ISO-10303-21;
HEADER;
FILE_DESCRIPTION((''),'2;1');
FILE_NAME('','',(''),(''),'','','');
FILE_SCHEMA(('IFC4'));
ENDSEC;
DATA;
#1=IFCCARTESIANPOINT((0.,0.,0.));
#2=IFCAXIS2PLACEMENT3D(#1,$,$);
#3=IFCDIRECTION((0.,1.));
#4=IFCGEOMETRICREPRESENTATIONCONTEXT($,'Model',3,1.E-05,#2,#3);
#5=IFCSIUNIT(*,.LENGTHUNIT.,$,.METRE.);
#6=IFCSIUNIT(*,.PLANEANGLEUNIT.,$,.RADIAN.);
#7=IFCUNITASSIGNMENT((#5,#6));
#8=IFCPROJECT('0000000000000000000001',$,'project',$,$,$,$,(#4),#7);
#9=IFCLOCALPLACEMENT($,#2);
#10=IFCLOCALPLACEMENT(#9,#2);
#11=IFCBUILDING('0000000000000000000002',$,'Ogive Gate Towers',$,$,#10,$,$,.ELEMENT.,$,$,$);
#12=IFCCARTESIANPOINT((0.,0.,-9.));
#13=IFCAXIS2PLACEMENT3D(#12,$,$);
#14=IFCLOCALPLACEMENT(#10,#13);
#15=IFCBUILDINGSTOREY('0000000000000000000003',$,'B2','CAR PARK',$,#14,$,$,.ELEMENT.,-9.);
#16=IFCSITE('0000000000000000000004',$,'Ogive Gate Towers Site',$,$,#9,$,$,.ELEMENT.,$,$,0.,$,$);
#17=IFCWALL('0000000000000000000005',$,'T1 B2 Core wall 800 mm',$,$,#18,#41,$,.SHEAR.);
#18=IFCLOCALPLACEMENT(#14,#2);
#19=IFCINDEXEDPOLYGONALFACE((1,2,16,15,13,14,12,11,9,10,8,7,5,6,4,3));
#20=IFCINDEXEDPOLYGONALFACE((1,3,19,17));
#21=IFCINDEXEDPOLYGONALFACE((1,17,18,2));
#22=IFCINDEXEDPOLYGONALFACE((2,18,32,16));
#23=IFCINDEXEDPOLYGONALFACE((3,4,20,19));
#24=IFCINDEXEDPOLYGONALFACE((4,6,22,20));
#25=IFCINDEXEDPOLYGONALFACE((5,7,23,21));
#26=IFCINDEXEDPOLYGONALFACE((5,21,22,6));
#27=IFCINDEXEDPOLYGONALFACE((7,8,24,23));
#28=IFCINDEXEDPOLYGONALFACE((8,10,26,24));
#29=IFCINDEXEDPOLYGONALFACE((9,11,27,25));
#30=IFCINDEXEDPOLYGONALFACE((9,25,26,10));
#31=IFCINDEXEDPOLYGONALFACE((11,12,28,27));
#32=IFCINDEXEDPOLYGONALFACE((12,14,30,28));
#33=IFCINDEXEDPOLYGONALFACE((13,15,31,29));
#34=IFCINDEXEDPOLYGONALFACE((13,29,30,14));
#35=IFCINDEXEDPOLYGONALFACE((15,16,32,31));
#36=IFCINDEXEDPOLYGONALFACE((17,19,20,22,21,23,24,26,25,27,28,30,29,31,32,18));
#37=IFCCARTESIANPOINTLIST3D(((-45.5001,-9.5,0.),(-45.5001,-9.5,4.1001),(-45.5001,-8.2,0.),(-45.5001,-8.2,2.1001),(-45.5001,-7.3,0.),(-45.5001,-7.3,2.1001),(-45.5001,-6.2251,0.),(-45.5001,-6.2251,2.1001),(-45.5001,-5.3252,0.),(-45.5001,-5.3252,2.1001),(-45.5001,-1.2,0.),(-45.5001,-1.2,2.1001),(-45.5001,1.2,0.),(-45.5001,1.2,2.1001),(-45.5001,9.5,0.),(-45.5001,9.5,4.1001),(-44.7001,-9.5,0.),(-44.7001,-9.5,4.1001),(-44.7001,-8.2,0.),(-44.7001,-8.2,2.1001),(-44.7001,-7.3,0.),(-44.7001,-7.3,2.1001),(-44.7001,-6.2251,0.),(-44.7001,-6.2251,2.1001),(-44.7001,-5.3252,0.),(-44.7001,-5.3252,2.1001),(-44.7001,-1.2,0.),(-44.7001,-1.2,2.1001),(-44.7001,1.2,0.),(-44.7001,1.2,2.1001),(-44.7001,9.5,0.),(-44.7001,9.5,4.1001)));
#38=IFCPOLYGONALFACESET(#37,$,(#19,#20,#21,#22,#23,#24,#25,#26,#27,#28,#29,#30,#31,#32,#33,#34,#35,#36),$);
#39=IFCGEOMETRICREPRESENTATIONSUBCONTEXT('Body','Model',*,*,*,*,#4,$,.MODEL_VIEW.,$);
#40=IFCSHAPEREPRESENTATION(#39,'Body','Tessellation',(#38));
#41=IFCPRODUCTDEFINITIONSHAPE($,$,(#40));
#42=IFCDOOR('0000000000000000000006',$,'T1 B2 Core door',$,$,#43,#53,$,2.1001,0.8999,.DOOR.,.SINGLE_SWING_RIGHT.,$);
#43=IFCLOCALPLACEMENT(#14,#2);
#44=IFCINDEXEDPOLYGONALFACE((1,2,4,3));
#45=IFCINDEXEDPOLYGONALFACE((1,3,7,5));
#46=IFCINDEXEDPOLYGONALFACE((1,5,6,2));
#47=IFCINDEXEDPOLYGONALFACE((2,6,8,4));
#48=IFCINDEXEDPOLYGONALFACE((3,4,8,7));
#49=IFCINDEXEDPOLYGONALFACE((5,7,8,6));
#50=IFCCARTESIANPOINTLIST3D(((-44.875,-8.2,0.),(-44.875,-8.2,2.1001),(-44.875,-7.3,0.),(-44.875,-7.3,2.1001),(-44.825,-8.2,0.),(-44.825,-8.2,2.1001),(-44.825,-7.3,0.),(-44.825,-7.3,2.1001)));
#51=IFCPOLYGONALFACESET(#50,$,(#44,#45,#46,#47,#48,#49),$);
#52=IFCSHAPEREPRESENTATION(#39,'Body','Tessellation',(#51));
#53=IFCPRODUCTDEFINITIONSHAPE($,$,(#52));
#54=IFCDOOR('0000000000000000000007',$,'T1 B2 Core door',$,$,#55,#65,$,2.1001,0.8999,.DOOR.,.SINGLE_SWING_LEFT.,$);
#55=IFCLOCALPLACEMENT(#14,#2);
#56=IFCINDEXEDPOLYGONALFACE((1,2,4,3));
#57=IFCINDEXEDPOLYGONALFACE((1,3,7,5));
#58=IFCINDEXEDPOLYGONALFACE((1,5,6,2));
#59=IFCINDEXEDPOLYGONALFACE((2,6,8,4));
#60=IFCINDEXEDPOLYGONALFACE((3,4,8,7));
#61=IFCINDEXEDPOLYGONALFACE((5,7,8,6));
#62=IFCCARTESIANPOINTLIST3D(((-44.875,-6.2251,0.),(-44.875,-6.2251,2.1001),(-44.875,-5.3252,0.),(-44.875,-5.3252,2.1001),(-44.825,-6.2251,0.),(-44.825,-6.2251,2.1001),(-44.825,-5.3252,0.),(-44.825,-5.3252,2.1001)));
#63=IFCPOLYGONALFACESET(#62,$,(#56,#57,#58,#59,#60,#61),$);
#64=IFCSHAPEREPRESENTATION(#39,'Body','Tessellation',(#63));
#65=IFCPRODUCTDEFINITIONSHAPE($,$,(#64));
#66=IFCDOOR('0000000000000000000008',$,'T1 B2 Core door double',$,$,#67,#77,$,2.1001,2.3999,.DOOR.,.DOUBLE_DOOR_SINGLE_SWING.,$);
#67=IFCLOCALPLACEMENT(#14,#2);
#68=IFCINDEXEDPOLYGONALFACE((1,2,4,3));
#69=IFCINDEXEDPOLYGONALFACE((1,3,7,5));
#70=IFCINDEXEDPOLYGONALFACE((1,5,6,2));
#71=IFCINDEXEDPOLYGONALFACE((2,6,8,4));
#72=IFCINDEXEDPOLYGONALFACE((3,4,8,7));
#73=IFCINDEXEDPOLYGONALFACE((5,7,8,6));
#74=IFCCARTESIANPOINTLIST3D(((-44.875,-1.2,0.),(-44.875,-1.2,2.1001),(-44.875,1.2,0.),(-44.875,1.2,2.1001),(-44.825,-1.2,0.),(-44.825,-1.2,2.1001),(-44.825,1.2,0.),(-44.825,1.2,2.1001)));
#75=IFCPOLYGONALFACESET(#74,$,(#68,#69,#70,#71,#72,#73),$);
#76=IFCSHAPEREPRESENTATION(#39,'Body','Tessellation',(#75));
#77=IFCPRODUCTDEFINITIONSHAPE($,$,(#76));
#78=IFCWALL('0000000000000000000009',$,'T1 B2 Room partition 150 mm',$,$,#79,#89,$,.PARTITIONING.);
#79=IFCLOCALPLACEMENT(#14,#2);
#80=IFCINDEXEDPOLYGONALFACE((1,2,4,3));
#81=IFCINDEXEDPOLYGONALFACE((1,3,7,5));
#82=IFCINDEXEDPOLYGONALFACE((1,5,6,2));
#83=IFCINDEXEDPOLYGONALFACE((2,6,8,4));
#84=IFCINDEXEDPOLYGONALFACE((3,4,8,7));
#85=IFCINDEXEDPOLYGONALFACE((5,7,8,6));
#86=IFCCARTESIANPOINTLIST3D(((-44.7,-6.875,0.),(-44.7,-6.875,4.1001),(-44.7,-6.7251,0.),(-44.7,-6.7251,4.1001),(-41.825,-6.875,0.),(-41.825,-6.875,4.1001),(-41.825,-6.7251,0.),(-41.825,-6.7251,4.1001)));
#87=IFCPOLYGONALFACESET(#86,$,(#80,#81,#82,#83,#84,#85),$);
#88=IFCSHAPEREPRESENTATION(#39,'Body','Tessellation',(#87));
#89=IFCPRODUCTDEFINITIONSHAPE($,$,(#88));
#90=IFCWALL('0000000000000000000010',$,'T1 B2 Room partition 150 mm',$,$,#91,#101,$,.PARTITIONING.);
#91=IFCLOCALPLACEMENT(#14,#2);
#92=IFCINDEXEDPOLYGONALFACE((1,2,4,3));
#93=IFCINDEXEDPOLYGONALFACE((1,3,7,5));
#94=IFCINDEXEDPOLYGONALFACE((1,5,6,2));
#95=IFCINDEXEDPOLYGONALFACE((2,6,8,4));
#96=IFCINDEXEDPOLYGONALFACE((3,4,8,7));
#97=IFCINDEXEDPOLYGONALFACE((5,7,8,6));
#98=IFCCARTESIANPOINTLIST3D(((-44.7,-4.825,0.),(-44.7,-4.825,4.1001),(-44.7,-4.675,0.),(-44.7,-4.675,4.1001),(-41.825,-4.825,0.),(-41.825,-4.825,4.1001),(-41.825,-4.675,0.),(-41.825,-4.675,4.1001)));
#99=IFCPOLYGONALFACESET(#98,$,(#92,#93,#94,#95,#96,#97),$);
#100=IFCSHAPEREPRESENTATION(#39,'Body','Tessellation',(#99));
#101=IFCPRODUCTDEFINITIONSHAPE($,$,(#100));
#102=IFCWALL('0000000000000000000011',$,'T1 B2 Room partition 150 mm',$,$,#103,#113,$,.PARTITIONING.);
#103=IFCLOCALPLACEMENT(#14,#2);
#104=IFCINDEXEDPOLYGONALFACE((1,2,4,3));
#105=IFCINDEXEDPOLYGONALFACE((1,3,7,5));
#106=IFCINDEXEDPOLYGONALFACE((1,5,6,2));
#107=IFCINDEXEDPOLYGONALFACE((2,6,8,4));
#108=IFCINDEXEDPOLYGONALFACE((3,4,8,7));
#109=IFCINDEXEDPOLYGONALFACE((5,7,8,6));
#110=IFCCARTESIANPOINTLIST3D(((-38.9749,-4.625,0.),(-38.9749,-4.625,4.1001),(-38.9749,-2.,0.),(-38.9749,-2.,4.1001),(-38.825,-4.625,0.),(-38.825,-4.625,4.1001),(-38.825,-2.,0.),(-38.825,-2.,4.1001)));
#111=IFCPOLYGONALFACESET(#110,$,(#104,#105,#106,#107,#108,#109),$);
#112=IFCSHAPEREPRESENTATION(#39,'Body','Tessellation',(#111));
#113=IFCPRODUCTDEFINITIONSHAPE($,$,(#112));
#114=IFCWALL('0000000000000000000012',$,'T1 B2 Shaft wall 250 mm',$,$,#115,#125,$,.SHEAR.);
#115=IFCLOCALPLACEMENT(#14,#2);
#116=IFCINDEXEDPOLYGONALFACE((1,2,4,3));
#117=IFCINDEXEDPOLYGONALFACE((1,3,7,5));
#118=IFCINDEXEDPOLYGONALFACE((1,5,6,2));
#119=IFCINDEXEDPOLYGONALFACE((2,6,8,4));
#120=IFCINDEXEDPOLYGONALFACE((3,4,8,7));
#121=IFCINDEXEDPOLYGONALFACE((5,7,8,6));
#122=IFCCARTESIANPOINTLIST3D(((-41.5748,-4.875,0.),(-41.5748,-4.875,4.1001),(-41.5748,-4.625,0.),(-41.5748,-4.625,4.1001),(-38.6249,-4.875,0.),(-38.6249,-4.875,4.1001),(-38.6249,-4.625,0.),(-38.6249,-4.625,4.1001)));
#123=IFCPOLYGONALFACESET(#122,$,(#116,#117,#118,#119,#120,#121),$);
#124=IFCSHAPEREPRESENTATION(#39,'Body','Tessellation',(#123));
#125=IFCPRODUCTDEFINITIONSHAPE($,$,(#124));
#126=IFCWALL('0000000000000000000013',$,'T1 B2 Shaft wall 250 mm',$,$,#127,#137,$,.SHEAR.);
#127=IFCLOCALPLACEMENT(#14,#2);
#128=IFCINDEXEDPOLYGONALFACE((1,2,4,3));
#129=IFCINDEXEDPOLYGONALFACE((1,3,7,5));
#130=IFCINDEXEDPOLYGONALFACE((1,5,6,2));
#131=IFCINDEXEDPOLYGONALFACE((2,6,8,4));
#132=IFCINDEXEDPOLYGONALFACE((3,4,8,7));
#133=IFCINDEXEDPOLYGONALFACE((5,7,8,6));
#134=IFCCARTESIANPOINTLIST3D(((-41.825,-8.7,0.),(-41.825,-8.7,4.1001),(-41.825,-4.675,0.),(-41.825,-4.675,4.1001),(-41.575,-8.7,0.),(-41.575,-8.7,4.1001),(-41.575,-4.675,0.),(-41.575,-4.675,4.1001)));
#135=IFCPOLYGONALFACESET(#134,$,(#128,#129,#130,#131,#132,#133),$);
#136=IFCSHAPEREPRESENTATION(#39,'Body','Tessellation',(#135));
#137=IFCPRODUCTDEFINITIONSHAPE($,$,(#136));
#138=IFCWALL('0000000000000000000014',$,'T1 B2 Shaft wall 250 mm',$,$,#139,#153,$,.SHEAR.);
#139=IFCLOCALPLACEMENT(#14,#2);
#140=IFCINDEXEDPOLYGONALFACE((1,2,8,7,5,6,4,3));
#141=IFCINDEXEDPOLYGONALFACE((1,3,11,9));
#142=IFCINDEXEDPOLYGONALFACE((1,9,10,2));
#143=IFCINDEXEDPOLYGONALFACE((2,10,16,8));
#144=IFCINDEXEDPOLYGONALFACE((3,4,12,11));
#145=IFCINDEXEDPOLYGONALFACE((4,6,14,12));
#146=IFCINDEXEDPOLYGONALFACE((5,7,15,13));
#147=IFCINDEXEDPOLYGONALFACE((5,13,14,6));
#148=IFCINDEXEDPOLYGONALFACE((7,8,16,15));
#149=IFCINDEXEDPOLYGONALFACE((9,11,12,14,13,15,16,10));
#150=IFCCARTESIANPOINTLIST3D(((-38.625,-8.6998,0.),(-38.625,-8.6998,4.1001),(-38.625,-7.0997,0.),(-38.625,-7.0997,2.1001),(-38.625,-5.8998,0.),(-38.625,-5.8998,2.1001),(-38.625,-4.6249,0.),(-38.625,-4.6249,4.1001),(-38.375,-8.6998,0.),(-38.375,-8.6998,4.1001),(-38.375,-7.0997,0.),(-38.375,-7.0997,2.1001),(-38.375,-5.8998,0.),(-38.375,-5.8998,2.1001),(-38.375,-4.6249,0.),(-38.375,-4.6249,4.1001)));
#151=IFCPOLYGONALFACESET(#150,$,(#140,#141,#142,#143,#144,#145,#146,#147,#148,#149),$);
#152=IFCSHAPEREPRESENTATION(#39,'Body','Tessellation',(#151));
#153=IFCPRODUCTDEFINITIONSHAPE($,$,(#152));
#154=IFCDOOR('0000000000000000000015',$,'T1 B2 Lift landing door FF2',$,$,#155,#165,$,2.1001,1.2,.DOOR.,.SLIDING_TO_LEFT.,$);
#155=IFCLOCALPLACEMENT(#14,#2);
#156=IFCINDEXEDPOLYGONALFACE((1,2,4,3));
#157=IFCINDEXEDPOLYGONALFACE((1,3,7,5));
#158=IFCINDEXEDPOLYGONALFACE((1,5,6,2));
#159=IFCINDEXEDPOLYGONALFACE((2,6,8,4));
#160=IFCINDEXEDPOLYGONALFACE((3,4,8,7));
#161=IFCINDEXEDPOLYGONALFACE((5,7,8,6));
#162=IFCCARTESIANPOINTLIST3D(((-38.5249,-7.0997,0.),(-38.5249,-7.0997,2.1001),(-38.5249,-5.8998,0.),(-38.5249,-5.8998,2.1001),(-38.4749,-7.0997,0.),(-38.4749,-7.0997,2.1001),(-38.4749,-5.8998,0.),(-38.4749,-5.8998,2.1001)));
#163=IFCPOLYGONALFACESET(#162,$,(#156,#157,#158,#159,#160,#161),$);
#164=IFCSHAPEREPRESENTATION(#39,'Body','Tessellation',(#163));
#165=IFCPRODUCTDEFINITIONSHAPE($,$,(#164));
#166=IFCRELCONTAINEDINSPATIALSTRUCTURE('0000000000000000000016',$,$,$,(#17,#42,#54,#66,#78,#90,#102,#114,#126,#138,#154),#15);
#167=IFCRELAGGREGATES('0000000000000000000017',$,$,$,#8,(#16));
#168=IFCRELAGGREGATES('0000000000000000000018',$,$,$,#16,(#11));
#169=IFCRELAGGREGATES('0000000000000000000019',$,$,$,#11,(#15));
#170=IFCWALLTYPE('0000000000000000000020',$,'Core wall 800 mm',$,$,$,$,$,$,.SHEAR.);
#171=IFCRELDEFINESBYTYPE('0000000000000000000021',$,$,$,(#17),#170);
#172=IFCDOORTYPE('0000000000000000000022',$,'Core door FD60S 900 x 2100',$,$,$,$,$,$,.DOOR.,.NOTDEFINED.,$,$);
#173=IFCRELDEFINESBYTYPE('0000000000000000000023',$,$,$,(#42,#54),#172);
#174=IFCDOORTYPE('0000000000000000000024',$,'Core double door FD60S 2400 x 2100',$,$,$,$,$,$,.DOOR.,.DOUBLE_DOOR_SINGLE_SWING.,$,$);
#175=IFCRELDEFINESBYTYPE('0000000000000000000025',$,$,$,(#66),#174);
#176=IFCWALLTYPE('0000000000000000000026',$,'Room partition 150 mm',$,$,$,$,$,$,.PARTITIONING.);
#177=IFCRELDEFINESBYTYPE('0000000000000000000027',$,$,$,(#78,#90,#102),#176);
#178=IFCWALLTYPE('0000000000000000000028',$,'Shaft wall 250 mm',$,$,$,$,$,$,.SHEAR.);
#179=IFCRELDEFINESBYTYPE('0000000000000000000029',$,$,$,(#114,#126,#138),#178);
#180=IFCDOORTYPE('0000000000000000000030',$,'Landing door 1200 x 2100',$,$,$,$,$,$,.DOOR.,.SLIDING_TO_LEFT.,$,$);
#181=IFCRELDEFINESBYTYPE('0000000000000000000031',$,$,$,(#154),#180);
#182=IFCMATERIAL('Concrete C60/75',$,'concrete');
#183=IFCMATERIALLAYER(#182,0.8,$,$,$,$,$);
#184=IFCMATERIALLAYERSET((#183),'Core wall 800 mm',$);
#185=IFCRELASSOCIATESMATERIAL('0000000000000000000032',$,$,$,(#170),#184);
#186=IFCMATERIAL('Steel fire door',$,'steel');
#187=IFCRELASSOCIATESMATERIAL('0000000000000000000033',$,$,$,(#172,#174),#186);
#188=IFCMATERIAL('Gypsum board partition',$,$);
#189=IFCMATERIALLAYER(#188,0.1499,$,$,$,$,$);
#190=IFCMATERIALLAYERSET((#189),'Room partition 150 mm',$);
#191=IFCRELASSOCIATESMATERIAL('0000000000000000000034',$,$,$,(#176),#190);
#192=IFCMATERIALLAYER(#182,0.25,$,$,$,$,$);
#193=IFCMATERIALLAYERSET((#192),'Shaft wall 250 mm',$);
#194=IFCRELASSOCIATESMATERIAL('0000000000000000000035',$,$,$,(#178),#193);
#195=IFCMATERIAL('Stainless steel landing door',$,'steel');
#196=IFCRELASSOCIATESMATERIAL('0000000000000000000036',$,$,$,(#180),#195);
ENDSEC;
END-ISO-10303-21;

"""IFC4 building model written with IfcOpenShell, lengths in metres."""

from ifc_helpers import new_model, si_unit, direction, frame, frame_2d, origin, place, context, subcontext, project, spatial, rectangle, extrude, material, layer, layer_set, type_object, element, fill, save


model = new_model("IFC4")

# Units and contexts
model_context = context("Model", 3, precision=1e-05, world=origin(), true_north=direction((0.0, 1.0)))
body_context = subcontext(model_context, "Body", "Model", "MODEL_VIEW")
ifc_project = project(units=[si_unit("LENGTHUNIT", "METRE"), si_unit("PLANEANGLEUNIT", "RADIAN")], contexts=[model_context])

# Site, building, storey
site_placement = place(None, origin())
site = spatial("IfcSite", under=ifc_project, at=site_placement, Name="Ogive Gate Towers Site", CompositionType="ELEMENT", RefElevation=0.0)
building_placement = place(site_placement, origin())
building = spatial("IfcBuilding", under=site, at=building_placement, Name="Ogive Gate Towers", CompositionType="ELEMENT")
storey_placement = place(building_placement, frame((0.0, 0.0, -9.0)))
storey = spatial("IfcBuildingStorey", under=building, at=storey_placement, Name="B2", Description="CAR PARK", CompositionType="ELEMENT", Elevation=-9.0)

# Shared definitions
ifc_material_1 = material(Name="Concrete C60/75", Category="concrete")
ifc_layer_1 = layer(ifc_material_1, 0.8)
ifc_layer_set_1 = layer_set([ifc_layer_1], Name="Core wall 800 mm")
wall_type_1 = type_object("IfcWallType", Name="Core wall 800 mm", PredefinedType="SHEAR", material=ifc_layer_set_1)
ifc_material_2 = material(Name="Steel fire door", Category="steel")

# Wall, openings, doors
wall_1_placement = place(storey_placement, frame((-45.1001, -9.5, 0.0), z_axis=(0.0, 0.0, 1.0), x_axis=(0.0, 1.0, 0.0)))
wall_1 = element("IfcWall", 1, at=wall_1_placement, inside=storey, type_object=wall_type_1, Name="T1 B2 Core wall 800 mm", PredefinedType="SHEAR", context=body_context, shape_type="SweptSolid", body=[
    extrude(rectangle(XDim=19.0, YDim=0.8, at=frame_2d((9.5, 0.0))), origin(), (0.0, 0.0, 1.0), 4.1001),
])
opening_1_placement = place(wall_1_placement, frame((8.3, 0.0, 0.0)))
opening_1 = element("IfcOpeningElement", 2, at=opening_1_placement, cuts=wall_1, PredefinedType="OPENING", context=body_context, shape_type="SweptSolid", body=[
    extrude(rectangle(XDim=2.3999, YDim=2.1001, at=frame_2d((1.2, 1.05))), frame((0.0, 0.4102, 0.0), z_axis=(0.0, -1.0, 0.0), x_axis=(1.0, 0.0, 0.0)), (0.0, 0.0, 1.0), 0.8201),
])
opening_2_placement = place(wall_1_placement, frame((1.3, 0.0, 0.0)))
opening_2 = element("IfcOpeningElement", 3, at=opening_2_placement, cuts=wall_1, PredefinedType="OPENING", context=body_context, shape_type="SweptSolid", body=[
    extrude(rectangle(XDim=0.8999, YDim=2.1001, at=frame_2d((0.45, 1.05))), frame((0.0, 0.4102, 0.0), z_axis=(0.0, -1.0, 0.0), x_axis=(1.0, 0.0, 0.0)), (0.0, 0.0, 1.0), 0.8201),
])
opening_3_placement = place(wall_1_placement, frame((3.2749, 0.0, 0.0)))
opening_3 = element("IfcOpeningElement", 4, at=opening_3_placement, cuts=wall_1, PredefinedType="OPENING", context=body_context, shape_type="SweptSolid", body=[
    extrude(rectangle(XDim=0.8999, YDim=2.1001, at=frame_2d((0.45, 1.05))), frame((0.0, 0.4102, 0.0), z_axis=(0.0, -1.0, 0.0), x_axis=(1.0, 0.0, 0.0)), (0.0, 0.0, 1.0), 0.8201),
])
door_type_1 = type_object("IfcDoorType", Name="Core door FD60S 900 x 2100", OperationType="NOTDEFINED", PredefinedType="DOOR", material=ifc_material_2)
door_1_placement = place(opening_2_placement, origin())
door_1 = element("IfcDoor", 5, at=door_1_placement, inside=storey, type_object=door_type_1, Name="T1 B2 Core door", OperationType="SINGLE_SWING_RIGHT", OverallHeight=2.1001, OverallWidth=0.8999, PredefinedType="DOOR", context=body_context, shape_type="SweptSolid", body=[
    extrude(rectangle(XDim=0.8999, YDim=2.1001, at=frame_2d((0.45, 1.05))), frame((0.0, -0.2251, 0.0), z_axis=(0.0, -1.0, 0.0), x_axis=(1.0, 0.0, 0.0)), (0.0, 0.0, 1.0), 0.05),
])
fill(opening_2, door_1)
door_2_placement = place(opening_3_placement, origin())
door_2 = element("IfcDoor", 6, at=door_2_placement, inside=storey, type_object=door_type_1, Name="T1 B2 Core door", OperationType="SINGLE_SWING_LEFT", OverallHeight=2.1001, OverallWidth=0.8999, PredefinedType="DOOR", context=body_context, shape_type="SweptSolid", body=[
    extrude(rectangle(XDim=0.8999, YDim=2.1001, at=frame_2d((0.45, 1.05))), frame((0.0, -0.2251, 0.0), z_axis=(0.0, -1.0, 0.0), x_axis=(1.0, 0.0, 0.0)), (0.0, 0.0, 1.0), 0.05),
])
fill(opening_3, door_2)
door_type_2 = type_object("IfcDoorType", Name="Core double door FD60S 2400 x 2100", OperationType="DOUBLE_DOOR_SINGLE_SWING", PredefinedType="DOOR", material=ifc_material_2)
door_3_placement = place(opening_1_placement, origin())
door_3 = element("IfcDoor", 7, at=door_3_placement, inside=storey, type_object=door_type_2, Name="T1 B2 Core door double", OperationType="DOUBLE_DOOR_SINGLE_SWING", OverallHeight=2.1001, OverallWidth=2.3999, PredefinedType="DOOR", context=body_context, shape_type="SweptSolid", body=[
    extrude(rectangle(XDim=2.3999, YDim=2.1001, at=frame_2d((1.2, 1.05))), frame((0.0, -0.2251, 0.0), z_axis=(0.0, -1.0, 0.0), x_axis=(1.0, 0.0, 0.0)), (0.0, 0.0, 1.0), 0.05),
])
fill(opening_1, door_3)

# Walls
ifc_material_3 = material(Name="Gypsum board partition")
ifc_layer_2 = layer(ifc_material_3, 0.1499)
ifc_layer_set_2 = layer_set([ifc_layer_2], Name="Room partition 150 mm")
wall_type_2 = type_object("IfcWallType", Name="Room partition 150 mm", PredefinedType="PARTITIONING", material=ifc_layer_set_2)
for number, where, z_axis, x_axis, name in (
    (8, (-44.7, -6.8, 0.0), (0.0, 0.0, 1.0), (1.0, 0.0, 0.0), "T1 B2 Room partition 150 mm"),
    (9, (-44.7, -4.75, 0.0), (0.0, 0.0, 1.0), (1.0, 0.0, 0.0), "T1 B2 Room partition 150 mm"),
):
    element("IfcWall", number, at=place(storey_placement, frame(where, z_axis=z_axis, x_axis=x_axis)), inside=storey, type_object=wall_type_2, Name=name, PredefinedType="PARTITIONING", context=body_context, shape_type="SweptSolid", body=[
        extrude(rectangle(XDim=2.875, YDim=0.1499, at=frame_2d((1.4375, 0.0))), origin(), (0.0, 0.0, 1.0), 4.1001),
    ])
wall_2_placement = place(storey_placement, frame((-38.8999, -4.625, 0.0), z_axis=(0.0, 0.0, 1.0), x_axis=(0.0, 1.0, 0.0)))
element("IfcWall", 10, at=wall_2_placement, inside=storey, type_object=wall_type_2, Name="T1 B2 Room partition 150 mm", PredefinedType="PARTITIONING", context=body_context, shape_type="SweptSolid", body=[
    extrude(rectangle(XDim=2.625, YDim=0.1499, at=frame_2d((1.3125, 0.0))), origin(), (0.0, 0.0, 1.0), 4.1001),
])
ifc_layer_3 = layer(ifc_material_1, 0.25)
ifc_layer_set_3 = layer_set([ifc_layer_3], Name="Shaft wall 250 mm")
wall_type_3 = type_object("IfcWallType", Name="Shaft wall 250 mm", PredefinedType="SHEAR", material=ifc_layer_set_3)
wall_3_placement = place(storey_placement, frame((-41.575, -4.75, 0.0), z_axis=(0.0, 0.0, 1.0), x_axis=(1.0, 0.0, 0.0)))
element("IfcWall", 11, at=wall_3_placement, inside=storey, type_object=wall_type_3, Name="T1 B2 Shaft wall 250 mm", PredefinedType="SHEAR", context=body_context, shape_type="SweptSolid", body=[
    extrude(rectangle(XDim=2.95, YDim=0.25, at=frame_2d((1.4751, 0.0))), origin(), (0.0, 0.0, 1.0), 4.1001),
])
wall_4_placement = place(storey_placement, frame((-41.7, -8.7, 0.0), z_axis=(0.0, 0.0, 1.0), x_axis=(0.0, 1.0, 0.0)))
element("IfcWall", 12, at=wall_4_placement, inside=storey, type_object=wall_type_3, Name="T1 B2 Shaft wall 250 mm", PredefinedType="SHEAR", context=body_context, shape_type="SweptSolid", body=[
    extrude(rectangle(XDim=4.0249, YDim=0.25, at=frame_2d((2.0125, 0.0))), origin(), (0.0, 0.0, 1.0), 4.1001),
])

# Wall, opening, door
wall_5_placement = place(storey_placement, frame((-38.5, -8.7, 0.0), z_axis=(0.0, 0.0, 1.0), x_axis=(0.0, 1.0, 0.0)))
wall_5 = element("IfcWall", 13, at=wall_5_placement, inside=storey, type_object=wall_type_3, Name="T1 B2 Shaft wall 250 mm", PredefinedType="SHEAR", context=body_context, shape_type="SweptSolid", body=[
    extrude(rectangle(XDim=4.075, YDim=0.25, at=frame_2d((2.0376, 0.0))), origin(), (0.0, 0.0, 1.0), 4.1001),
])
opening_4_placement = place(wall_5_placement, frame((1.6001, 0.0, 0.0)))
opening_4 = element("IfcOpeningElement", 14, at=opening_4_placement, cuts=wall_5, PredefinedType="OPENING", context=body_context, shape_type="SweptSolid", body=[
    extrude(rectangle(XDim=1.2, YDim=2.1001, at=frame_2d((0.6001, 1.05))), frame((0.0, 0.135, 0.0), z_axis=(0.0, -1.0, 0.0), x_axis=(1.0, 0.0, 0.0)), (0.0, 0.0, 1.0), 0.27),
])
ifc_material_4 = material(Name="Stainless steel landing door", Category="steel")
door_type_3 = type_object("IfcDoorType", Name="Landing door 1200 x 2100", OperationType="SLIDING_TO_LEFT", PredefinedType="DOOR", material=ifc_material_4)
door_4_placement = place(opening_4_placement, origin())
door_4 = element("IfcDoor", 15, at=door_4_placement, inside=storey, type_object=door_type_3, Name="T1 B2 Lift landing door FF2", OperationType="SLIDING_TO_LEFT", OverallHeight=2.1001, OverallWidth=1.2, PredefinedType="DOOR", context=body_context, shape_type="SweptSolid", body=[
    extrude(rectangle(XDim=1.2, YDim=2.1001, at=frame_2d((0.6001, 1.05))), frame((0.0, 0.0249, 0.0), z_axis=(0.0, -1.0, 0.0), x_axis=(1.0, 0.0, 0.0)), (0.0, 0.0, 1.0), 0.05),
])
fill(opening_4, door_4)

save(model, "model.ifc")
